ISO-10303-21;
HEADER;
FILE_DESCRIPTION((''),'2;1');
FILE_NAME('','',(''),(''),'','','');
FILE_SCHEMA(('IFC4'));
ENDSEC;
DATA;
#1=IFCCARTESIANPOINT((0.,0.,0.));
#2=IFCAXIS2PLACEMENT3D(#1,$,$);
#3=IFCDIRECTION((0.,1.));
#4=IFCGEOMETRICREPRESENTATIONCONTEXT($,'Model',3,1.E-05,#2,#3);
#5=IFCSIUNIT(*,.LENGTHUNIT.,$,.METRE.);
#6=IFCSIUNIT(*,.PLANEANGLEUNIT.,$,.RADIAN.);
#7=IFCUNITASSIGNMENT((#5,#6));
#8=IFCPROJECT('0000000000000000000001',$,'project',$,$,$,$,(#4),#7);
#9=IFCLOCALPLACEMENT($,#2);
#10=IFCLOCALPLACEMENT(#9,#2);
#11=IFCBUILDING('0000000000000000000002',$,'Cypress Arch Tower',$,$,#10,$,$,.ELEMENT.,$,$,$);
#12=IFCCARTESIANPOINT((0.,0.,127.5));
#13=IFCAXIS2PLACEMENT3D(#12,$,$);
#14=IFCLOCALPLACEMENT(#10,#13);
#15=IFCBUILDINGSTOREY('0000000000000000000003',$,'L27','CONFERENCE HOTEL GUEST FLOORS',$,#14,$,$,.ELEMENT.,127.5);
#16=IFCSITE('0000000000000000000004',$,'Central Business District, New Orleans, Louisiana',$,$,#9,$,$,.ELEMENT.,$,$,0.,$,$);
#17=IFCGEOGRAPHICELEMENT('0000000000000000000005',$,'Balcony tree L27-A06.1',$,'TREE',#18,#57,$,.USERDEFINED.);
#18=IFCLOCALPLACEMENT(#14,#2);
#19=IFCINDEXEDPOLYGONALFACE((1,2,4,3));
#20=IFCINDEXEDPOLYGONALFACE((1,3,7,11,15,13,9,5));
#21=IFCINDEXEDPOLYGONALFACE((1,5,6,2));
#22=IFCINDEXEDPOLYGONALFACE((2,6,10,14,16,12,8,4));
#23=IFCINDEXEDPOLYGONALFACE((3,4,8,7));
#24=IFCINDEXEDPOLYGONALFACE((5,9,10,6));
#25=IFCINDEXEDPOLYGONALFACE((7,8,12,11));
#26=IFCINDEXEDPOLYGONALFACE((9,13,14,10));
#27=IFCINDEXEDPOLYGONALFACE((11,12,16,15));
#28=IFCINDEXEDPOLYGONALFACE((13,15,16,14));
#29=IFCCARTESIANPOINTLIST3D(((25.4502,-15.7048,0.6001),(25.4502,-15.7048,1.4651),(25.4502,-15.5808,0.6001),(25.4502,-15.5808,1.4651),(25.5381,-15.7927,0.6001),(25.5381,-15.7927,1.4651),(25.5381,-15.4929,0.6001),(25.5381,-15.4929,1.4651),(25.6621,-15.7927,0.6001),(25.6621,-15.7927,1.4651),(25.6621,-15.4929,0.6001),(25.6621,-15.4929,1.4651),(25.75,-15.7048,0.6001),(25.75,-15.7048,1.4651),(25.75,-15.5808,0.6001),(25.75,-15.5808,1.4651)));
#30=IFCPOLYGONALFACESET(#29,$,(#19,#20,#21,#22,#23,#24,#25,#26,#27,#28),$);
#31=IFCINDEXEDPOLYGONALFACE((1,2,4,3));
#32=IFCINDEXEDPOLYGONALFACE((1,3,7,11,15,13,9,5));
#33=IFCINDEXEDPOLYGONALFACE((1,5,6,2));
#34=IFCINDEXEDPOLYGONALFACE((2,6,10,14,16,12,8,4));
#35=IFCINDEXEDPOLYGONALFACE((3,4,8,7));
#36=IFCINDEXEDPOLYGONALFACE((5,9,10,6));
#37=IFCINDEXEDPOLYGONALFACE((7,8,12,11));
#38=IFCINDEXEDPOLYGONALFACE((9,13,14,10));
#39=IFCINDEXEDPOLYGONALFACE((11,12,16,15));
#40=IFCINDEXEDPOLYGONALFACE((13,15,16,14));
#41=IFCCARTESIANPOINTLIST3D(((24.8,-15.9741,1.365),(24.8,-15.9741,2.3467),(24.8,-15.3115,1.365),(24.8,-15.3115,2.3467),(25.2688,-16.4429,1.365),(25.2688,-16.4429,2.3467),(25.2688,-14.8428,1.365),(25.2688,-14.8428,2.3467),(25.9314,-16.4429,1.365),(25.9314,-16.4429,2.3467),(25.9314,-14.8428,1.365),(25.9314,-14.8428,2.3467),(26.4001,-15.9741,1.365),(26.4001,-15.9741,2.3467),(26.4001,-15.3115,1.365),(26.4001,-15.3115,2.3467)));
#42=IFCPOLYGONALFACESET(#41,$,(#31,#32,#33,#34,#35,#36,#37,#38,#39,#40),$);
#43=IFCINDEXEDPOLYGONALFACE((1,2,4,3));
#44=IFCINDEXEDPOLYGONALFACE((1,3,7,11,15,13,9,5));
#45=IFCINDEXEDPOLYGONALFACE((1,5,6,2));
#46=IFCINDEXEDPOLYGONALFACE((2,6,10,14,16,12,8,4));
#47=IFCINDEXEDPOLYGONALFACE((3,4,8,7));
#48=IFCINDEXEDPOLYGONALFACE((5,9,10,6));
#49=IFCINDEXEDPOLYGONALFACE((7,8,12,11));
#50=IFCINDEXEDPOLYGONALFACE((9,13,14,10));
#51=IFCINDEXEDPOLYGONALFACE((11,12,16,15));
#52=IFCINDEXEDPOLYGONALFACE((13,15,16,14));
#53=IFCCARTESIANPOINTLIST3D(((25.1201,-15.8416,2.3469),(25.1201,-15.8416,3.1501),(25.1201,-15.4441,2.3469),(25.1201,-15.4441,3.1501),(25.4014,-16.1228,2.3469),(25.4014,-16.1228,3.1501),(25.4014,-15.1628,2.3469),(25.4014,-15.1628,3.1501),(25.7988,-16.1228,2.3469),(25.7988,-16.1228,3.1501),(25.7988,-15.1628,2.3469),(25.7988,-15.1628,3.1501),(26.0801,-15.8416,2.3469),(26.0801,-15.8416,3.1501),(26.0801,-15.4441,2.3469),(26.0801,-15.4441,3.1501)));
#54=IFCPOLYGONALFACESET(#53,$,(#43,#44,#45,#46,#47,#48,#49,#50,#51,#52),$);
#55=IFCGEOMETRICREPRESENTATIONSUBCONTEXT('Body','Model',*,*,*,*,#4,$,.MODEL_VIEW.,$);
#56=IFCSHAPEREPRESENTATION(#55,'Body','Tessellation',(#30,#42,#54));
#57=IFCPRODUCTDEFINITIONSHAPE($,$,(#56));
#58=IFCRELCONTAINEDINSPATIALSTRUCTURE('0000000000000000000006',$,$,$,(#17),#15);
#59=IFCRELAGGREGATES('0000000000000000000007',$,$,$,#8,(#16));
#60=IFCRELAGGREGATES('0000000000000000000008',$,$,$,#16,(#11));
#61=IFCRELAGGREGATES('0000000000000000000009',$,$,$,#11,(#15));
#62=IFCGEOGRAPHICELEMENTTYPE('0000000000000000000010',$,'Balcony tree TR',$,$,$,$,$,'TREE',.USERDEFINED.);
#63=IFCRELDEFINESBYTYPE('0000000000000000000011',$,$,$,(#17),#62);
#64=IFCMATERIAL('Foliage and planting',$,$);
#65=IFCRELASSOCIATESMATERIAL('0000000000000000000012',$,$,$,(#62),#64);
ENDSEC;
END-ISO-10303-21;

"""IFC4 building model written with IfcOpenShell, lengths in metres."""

from ifc_helpers import new_model, si_unit, direction, frame, origin, place, context, subcontext, project, spatial, polyline, outline, extrude, material, type_object, element, save


model = new_model("IFC4")

# Units and contexts
model_context = context("Model", 3, precision=1e-05, world=origin(), true_north=direction((0.0, 1.0)))
body_context = subcontext(model_context, "Body", "Model", "MODEL_VIEW")
ifc_project = project(units=[si_unit("LENGTHUNIT", "METRE"), si_unit("PLANEANGLEUNIT", "RADIAN")], contexts=[model_context])

# Site, building, storey
site_placement = place(None, origin())
site = spatial("IfcSite", under=ifc_project, at=site_placement, Name="Central Business District, New Orleans, Louisiana", CompositionType="ELEMENT", RefElevation=0.0)
building_placement = place(site_placement, origin())
building = spatial("IfcBuilding", under=site, at=building_placement, Name="Cypress Arch Tower", CompositionType="ELEMENT")
storey_placement = place(building_placement, frame((0.0, 0.0, 127.5)))
storey = spatial("IfcBuildingStorey", under=building, at=storey_placement, Name="L27", Description="CONFERENCE HOTEL GUEST FLOORS", CompositionType="ELEMENT", Elevation=127.5)

# Geographic element
ifc_material_1 = material(Name="Foliage and planting")
geographic_element_type = type_object("IfcGeographicElementType", Name="Balcony tree TR", ElementType="TREE", PredefinedType="USERDEFINED", material=ifc_material_1)
geographic_element_placement = place(storey_placement, frame((25.6001, -15.6428, 0.6001), z_axis=(0.0, 0.0, 1.0), x_axis=(1.0, 0.0, 0.0)))
element("IfcGeographicElement", 1, at=geographic_element_placement, inside=storey, type_object=geographic_element_type, Name="Balcony tree L27-A06.1", ObjectType="TREE", PredefinedType="USERDEFINED", context=body_context, shape_type="SweptSolid", body=[
    extrude(outline(polyline([(0.1499, 0.062), (0.062, 0.1499), (-0.062, 0.1499), (-0.1499, 0.062), (-0.1499, -0.062), (-0.062, -0.1499), (0.062, -0.1499), (0.1499, -0.062), (0.1499, 0.062)])), origin(), (0.0, 0.0, 1.0), 0.865),
    extrude(outline(polyline([(0.8, 0.3313), (0.3313, 0.8), (-0.3313, 0.8), (-0.8, 0.3313), (-0.8, -0.3313), (-0.3313, -0.8), (0.3313, -0.8), (0.8, -0.3313), (0.8, 0.3313)])), frame((0.0, 0.0, 0.7649)), (0.0, 0.0, 1.0), 0.9817),
    extrude(outline(polyline([(0.48, 0.1987), (0.1987, 0.48), (-0.1987, 0.48), (-0.48, 0.1987), (-0.48, -0.1987), (-0.1987, -0.48), (0.1987, -0.48), (0.48, -0.1987), (0.48, 0.1987)])), frame((0.0, 0.0, 1.7468)), (0.0, 0.0, 1.0), 0.8032),
])

save(model, "model.ifc")
